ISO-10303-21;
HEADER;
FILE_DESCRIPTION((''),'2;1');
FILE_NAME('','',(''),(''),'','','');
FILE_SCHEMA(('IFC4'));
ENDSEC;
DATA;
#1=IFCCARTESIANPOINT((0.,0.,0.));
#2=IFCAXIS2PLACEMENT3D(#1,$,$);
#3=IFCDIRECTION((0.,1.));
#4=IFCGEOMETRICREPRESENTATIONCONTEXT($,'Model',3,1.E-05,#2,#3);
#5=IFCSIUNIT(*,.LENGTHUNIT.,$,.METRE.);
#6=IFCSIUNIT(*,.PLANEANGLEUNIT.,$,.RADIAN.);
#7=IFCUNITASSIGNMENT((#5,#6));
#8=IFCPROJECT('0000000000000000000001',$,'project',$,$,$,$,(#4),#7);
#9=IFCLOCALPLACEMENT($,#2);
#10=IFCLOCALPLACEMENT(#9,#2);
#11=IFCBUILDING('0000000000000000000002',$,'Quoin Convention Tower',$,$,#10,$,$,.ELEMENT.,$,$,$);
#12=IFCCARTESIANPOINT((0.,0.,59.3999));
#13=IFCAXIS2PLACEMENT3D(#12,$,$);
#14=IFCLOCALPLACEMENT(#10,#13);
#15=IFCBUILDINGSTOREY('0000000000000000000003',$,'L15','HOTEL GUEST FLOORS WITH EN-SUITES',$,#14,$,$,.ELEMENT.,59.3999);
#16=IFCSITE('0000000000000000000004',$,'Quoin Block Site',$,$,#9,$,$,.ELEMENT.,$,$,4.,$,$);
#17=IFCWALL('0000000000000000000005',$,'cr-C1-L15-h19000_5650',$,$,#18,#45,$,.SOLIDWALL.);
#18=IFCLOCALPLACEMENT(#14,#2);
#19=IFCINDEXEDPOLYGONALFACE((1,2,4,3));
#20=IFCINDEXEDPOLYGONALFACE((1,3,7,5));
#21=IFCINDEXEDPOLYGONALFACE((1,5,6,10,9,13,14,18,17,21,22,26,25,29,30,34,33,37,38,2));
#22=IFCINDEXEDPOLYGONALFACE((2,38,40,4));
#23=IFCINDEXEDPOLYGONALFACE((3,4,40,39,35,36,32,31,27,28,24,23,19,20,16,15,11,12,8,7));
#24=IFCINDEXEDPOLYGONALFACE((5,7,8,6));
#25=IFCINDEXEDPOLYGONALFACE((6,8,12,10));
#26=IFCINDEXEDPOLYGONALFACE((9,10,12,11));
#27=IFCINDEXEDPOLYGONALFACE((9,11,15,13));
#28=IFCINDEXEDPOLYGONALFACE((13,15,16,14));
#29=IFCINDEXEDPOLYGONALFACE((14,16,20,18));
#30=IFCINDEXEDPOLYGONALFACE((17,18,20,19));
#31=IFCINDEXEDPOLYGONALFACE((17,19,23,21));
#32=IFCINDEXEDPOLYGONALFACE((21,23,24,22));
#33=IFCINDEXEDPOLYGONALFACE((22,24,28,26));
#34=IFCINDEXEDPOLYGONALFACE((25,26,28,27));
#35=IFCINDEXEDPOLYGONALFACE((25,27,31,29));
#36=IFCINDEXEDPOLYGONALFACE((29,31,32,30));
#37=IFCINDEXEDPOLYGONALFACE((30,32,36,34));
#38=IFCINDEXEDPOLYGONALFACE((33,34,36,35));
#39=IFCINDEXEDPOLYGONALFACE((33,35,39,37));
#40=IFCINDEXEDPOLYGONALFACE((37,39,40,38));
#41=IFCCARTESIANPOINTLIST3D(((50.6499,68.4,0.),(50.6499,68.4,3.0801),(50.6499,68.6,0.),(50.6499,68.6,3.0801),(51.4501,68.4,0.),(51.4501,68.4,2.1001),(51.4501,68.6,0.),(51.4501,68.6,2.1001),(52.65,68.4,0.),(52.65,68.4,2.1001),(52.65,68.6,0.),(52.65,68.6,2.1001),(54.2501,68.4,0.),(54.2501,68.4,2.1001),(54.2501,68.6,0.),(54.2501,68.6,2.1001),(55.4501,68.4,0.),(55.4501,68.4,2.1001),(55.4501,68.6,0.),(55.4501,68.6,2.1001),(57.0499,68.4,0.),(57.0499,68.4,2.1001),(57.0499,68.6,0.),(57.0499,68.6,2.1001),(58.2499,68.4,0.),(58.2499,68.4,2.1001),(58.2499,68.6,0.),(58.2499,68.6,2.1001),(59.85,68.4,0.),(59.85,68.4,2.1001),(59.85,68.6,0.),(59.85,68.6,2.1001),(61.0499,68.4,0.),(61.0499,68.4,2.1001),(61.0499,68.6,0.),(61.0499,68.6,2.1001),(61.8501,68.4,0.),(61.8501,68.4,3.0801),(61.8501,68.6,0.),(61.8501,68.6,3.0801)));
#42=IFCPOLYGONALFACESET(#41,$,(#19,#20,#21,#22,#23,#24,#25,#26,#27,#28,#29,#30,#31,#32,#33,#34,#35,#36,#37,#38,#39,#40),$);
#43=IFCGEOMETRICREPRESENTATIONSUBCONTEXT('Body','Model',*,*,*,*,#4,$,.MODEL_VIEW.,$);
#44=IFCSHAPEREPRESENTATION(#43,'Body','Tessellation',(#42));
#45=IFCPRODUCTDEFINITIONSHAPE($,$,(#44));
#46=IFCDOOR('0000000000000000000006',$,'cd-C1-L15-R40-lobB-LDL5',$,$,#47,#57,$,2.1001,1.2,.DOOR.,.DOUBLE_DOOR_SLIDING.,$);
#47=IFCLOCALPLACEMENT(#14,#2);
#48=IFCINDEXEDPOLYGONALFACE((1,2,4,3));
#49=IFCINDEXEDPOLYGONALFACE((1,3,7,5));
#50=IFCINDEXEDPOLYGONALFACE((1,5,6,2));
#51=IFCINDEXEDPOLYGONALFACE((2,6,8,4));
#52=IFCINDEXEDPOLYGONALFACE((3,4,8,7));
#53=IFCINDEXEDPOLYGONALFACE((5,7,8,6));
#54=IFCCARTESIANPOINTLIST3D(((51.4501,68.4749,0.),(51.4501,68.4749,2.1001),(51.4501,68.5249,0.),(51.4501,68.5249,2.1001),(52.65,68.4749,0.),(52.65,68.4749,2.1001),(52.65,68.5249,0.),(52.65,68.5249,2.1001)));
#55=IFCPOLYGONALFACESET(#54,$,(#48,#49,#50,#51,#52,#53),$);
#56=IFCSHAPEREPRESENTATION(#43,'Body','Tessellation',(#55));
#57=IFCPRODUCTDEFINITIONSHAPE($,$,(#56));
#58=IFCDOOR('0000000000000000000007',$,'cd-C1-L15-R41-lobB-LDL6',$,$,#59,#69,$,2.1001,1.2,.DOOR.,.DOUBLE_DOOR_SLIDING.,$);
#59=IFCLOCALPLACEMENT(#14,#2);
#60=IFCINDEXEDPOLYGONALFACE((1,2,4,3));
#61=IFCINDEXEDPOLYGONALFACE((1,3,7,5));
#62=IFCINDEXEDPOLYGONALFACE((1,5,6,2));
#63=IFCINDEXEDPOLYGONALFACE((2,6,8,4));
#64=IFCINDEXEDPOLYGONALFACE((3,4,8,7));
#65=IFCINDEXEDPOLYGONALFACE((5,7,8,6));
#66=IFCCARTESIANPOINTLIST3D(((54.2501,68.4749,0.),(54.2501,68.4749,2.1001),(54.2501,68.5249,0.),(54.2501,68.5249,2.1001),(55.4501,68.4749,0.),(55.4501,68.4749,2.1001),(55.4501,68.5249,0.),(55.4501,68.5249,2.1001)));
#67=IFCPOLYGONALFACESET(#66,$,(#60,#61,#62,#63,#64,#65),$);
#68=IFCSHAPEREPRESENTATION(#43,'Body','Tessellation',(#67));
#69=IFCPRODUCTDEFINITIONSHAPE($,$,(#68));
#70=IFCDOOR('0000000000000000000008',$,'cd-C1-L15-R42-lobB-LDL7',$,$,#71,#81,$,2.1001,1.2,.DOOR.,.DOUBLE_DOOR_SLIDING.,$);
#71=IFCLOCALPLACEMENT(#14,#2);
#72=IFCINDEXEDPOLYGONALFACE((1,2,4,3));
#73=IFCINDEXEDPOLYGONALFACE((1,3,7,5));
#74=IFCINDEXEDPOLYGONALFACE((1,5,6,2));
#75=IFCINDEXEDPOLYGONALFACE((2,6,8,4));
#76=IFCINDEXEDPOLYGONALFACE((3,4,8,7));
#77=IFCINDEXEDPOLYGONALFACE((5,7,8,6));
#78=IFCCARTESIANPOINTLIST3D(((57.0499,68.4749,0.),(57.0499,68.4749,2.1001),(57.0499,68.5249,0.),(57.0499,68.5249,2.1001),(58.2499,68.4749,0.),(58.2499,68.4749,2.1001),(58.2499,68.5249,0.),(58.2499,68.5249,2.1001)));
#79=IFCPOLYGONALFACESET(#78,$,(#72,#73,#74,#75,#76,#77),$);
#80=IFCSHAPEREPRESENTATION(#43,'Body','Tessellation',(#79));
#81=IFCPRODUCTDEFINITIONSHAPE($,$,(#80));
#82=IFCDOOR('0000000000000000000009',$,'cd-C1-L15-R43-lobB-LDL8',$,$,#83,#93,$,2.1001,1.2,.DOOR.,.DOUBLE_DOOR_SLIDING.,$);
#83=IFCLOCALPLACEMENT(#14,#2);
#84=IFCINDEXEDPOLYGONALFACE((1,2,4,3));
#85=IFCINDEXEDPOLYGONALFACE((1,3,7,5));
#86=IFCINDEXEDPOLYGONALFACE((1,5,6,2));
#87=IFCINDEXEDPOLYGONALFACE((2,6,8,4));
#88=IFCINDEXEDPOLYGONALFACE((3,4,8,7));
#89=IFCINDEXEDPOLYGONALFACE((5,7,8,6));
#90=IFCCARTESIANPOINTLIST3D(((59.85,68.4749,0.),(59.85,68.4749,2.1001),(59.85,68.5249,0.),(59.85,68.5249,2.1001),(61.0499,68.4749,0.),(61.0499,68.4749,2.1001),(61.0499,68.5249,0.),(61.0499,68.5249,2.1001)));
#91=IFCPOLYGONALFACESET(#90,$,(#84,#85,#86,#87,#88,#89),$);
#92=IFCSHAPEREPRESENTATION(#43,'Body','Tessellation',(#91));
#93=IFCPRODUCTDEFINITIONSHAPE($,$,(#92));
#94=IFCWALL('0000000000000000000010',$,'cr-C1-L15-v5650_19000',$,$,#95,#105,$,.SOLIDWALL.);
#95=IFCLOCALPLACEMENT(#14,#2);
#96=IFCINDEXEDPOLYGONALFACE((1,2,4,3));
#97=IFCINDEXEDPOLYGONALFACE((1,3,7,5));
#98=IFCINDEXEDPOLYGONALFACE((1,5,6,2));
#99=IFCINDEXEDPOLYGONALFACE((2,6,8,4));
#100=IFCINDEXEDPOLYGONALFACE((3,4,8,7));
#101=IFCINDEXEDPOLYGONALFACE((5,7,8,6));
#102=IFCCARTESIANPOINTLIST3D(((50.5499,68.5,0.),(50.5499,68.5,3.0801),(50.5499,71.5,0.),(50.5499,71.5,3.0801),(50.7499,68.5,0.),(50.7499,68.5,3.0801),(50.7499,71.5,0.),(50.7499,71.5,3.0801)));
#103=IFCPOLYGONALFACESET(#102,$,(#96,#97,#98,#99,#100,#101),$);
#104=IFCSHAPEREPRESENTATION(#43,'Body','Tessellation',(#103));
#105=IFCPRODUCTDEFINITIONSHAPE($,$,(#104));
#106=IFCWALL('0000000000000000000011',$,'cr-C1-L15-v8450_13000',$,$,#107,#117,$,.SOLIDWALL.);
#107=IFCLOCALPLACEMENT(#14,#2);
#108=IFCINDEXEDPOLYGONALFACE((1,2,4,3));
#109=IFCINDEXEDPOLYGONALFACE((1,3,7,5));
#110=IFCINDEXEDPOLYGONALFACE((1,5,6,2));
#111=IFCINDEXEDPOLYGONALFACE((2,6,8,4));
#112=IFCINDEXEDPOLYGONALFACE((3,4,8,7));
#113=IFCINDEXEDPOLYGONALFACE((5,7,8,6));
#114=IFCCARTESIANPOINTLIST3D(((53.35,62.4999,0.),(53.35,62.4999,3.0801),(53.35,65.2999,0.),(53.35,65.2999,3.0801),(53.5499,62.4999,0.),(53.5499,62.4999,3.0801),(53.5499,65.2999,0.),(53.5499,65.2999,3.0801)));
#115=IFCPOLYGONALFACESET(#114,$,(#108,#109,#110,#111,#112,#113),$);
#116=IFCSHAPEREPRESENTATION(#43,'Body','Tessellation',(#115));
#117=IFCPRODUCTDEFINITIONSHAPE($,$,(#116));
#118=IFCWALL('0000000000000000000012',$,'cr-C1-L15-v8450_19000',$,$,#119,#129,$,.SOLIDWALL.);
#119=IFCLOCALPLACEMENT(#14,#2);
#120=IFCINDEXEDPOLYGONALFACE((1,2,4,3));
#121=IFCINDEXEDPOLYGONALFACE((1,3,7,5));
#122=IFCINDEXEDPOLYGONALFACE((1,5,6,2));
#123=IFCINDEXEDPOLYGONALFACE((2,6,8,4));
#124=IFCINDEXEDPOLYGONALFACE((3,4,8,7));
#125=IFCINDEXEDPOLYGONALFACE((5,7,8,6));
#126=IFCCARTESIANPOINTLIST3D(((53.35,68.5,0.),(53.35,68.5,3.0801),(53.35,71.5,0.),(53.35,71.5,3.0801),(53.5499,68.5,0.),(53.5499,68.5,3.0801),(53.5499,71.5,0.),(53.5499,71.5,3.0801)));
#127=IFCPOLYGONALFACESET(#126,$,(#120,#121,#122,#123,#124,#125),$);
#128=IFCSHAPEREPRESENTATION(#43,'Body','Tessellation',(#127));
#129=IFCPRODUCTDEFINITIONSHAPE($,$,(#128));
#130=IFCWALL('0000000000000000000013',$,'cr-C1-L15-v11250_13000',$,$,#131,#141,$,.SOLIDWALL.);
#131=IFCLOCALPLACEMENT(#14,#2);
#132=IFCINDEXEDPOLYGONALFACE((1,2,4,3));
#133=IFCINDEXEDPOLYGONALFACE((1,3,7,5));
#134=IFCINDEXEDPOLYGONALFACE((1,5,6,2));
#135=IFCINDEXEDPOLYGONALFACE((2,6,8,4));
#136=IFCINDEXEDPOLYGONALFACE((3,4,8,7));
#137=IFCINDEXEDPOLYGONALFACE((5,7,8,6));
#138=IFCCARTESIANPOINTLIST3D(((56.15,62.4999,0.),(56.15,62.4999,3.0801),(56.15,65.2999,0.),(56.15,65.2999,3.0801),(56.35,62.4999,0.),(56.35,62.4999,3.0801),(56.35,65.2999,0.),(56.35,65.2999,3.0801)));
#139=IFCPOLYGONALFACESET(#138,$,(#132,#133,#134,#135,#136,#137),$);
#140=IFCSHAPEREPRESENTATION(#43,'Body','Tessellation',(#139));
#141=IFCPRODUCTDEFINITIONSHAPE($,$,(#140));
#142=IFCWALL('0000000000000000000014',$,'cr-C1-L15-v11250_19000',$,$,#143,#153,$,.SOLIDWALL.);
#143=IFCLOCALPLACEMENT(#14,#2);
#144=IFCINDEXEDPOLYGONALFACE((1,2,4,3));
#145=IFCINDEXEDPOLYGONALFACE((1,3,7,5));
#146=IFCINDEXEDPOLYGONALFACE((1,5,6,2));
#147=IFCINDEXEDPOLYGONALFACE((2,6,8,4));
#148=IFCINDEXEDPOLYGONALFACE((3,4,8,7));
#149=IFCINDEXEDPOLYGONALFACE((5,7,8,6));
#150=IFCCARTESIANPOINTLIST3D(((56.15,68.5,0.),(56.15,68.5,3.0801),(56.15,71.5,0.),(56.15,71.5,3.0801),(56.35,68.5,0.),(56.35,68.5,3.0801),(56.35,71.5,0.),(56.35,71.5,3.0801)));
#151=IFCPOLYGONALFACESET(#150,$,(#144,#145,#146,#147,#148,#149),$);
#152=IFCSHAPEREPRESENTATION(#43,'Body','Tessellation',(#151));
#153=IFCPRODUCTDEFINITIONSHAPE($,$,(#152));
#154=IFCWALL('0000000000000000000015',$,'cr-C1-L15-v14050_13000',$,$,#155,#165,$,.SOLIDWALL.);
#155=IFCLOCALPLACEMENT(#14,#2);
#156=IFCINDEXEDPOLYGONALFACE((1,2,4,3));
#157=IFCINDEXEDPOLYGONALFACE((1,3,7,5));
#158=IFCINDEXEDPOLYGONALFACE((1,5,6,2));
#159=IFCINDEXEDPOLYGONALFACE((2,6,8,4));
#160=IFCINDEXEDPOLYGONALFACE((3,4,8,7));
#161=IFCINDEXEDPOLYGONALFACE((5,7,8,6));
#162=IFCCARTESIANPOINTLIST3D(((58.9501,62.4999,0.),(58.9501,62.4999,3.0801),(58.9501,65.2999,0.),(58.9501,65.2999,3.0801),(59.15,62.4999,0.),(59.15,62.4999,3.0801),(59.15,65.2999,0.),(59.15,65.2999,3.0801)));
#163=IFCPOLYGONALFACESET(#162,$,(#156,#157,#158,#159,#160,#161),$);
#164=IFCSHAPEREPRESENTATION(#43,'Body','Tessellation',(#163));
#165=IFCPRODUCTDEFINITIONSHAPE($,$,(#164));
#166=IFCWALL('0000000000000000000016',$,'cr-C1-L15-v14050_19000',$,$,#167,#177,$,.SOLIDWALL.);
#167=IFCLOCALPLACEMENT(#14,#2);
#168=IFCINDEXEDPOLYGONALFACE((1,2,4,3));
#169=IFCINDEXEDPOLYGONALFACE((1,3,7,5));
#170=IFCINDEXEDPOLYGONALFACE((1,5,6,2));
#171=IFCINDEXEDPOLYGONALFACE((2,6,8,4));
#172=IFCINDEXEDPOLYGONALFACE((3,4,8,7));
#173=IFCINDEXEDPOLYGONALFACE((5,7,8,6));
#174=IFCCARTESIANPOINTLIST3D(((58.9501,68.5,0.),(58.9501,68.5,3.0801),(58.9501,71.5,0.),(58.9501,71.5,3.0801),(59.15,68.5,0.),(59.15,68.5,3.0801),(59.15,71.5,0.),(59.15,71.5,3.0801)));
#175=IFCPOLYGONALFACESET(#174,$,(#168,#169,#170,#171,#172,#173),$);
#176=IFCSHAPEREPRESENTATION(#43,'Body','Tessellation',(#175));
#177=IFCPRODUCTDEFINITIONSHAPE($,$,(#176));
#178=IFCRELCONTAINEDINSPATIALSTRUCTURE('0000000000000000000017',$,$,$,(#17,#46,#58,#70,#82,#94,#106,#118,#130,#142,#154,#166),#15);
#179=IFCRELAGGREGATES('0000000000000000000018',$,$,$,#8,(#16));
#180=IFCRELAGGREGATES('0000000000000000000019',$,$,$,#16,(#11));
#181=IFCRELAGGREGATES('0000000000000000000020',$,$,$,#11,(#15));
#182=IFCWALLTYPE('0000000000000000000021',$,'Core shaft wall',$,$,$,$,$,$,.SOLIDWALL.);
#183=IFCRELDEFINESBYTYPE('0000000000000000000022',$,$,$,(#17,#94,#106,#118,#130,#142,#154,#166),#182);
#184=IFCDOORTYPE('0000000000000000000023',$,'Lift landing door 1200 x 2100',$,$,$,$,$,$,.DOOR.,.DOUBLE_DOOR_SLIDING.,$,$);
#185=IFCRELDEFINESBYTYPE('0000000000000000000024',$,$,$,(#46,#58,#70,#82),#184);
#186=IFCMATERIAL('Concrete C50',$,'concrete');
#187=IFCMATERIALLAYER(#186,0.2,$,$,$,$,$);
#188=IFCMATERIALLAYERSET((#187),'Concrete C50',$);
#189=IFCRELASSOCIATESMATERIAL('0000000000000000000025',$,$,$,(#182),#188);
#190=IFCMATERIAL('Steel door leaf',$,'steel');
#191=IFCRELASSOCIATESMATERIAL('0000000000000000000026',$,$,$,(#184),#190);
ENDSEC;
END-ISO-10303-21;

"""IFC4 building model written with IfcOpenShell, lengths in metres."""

from ifc_helpers import new_model, si_unit, direction, frame, frame_2d, origin, place, context, subcontext, project, spatial, rectangle, extrude, material, layer, layer_set, type_object, element, fill, save


model = new_model("IFC4")

# Units and contexts
model_context = context("Model", 3, precision=1e-05, world=origin(), true_north=direction((0.0, 1.0)))
body_context = subcontext(model_context, "Body", "Model", "MODEL_VIEW")
ifc_project = project(units=[si_unit("LENGTHUNIT", "METRE"), si_unit("PLANEANGLEUNIT", "RADIAN")], contexts=[model_context])

# Site, building, storey
site_placement = place(None, origin())
site = spatial("IfcSite", under=ifc_project, at=site_placement, Name="Quoin Block Site", CompositionType="ELEMENT", RefElevation=4.0)
building_placement = place(site_placement, origin())
building = spatial("IfcBuilding", under=site, at=building_placement, Name="Quoin Convention Tower", CompositionType="ELEMENT")
storey_placement = place(building_placement, frame((0.0, 0.0, 59.3999)))
storey = spatial("IfcBuildingStorey", under=building, at=storey_placement, Name="L15", Description="HOTEL GUEST FLOORS WITH EN-SUITES", CompositionType="ELEMENT", Elevation=59.3999)

# Shared definitions
ifc_material_1 = material(Name="Steel door leaf", Category="steel")

# Shared definitions
ifc_material_2 = material(Name="Concrete C50", Category="concrete")
ifc_layer_1 = layer(ifc_material_2, 0.2)
ifc_layer_set_1 = layer_set([ifc_layer_1], Name="Concrete C50")
wall_type_1 = type_object("IfcWallType", Name="Core shaft wall", PredefinedType="SOLIDWALL", material=ifc_layer_set_1)

# Wall, openings, doors
wall_1_placement = place(storey_placement, frame((50.6499, 68.5, 0.0), z_axis=(0.0, 0.0, 1.0), x_axis=(1.0, 0.0, 0.0)))
wall_1 = element("IfcWall", 1, at=wall_1_placement, inside=storey, type_object=wall_type_1, Name="cr-C1-L15-h19000_5650", PredefinedType="SOLIDWALL", context=body_context, shape_type="SweptSolid", body=[
    extrude(rectangle(XDim=11.2002, YDim=0.2, at=frame_2d((5.6001, 0.0))), origin(), (0.0, 0.0, 1.0), 3.0801),
])
opening_1_placement = place(wall_1_placement, frame((0.8, 0.0, 0.0)))
opening_1 = element("IfcOpeningElement", 2, at=opening_1_placement, cuts=wall_1, PredefinedType="OPENING", context=body_context, shape_type="SweptSolid", body=[
    extrude(rectangle(XDim=1.2, YDim=2.1001, at=frame_2d((0.6001, 1.05))), frame((0.0, 0.1099, 0.0), z_axis=(0.0, -1.0, 0.0), x_axis=(1.0, 0.0, 0.0)), (0.0, 0.0, 1.0), 0.22),
])
opening_2_placement = place(wall_1_placement, frame((3.6001, 0.0, 0.0)))
opening_2 = element("IfcOpeningElement", 3, at=opening_2_placement, cuts=wall_1, PredefinedType="OPENING", context=body_context, shape_type="SweptSolid", body=[
    extrude(rectangle(XDim=1.2, YDim=2.1001, at=frame_2d((0.6001, 1.05))), frame((0.0, 0.1099, 0.0), z_axis=(0.0, -1.0, 0.0), x_axis=(1.0, 0.0, 0.0)), (0.0, 0.0, 1.0), 0.22),
])
opening_3_placement = place(wall_1_placement, frame((6.3999, 0.0, 0.0)))
opening_3 = element("IfcOpeningElement", 4, at=opening_3_placement, cuts=wall_1, PredefinedType="OPENING", context=body_context, shape_type="SweptSolid", body=[
    extrude(rectangle(XDim=1.2, YDim=2.1001, at=frame_2d((0.6001, 1.05))), frame((0.0, 0.1099, 0.0), z_axis=(0.0, -1.0, 0.0), x_axis=(1.0, 0.0, 0.0)), (0.0, 0.0, 1.0), 0.22),
])
opening_4_placement = place(wall_1_placement, frame((9.2, 0.0, 0.0)))
opening_4 = element("IfcOpeningElement", 5, at=opening_4_placement, cuts=wall_1, PredefinedType="OPENING", context=body_context, shape_type="SweptSolid", body=[
    extrude(rectangle(XDim=1.2, YDim=2.1001, at=frame_2d((0.6001, 1.05))), frame((0.0, 0.1099, 0.0), z_axis=(0.0, -1.0, 0.0), x_axis=(1.0, 0.0, 0.0)), (0.0, 0.0, 1.0), 0.22),
])
door_type_1 = type_object("IfcDoorType", Name="Lift landing door 1200 x 2100", OperationType="DOUBLE_DOOR_SLIDING", PredefinedType="DOOR", material=ifc_material_1)
door_1_placement = place(opening_1_placement, origin())
door_1 = element("IfcDoor", 6, at=door_1_placement, inside=storey, type_object=door_type_1, Name="cd-C1-L15-R40-lobB-LDL5", OperationType="DOUBLE_DOOR_SLIDING", OverallHeight=2.1001, OverallWidth=1.2, PredefinedType="DOOR", context=body_context, shape_type="SweptSolid", body=[
    extrude(rectangle(XDim=1.2, YDim=2.1001, at=frame_2d((0.6001, 1.05))), frame((0.0, 0.0249, 0.0), z_axis=(0.0, -1.0, 0.0), x_axis=(1.0, 0.0, 0.0)), (0.0, 0.0, 1.0), 0.05),
])
fill(opening_1, door_1)
door_2_placement = place(opening_2_placement, origin())
door_2 = element("IfcDoor", 7, at=door_2_placement, inside=storey, type_object=door_type_1, Name="cd-C1-L15-R41-lobB-LDL6", OperationType="DOUBLE_DOOR_SLIDING", OverallHeight=2.1001, OverallWidth=1.2, PredefinedType="DOOR", context=body_context, shape_type="SweptSolid", body=[
    extrude(rectangle(XDim=1.2, YDim=2.1001, at=frame_2d((0.6001, 1.05))), frame((0.0, 0.0249, 0.0), z_axis=(0.0, -1.0, 0.0), x_axis=(1.0, 0.0, 0.0)), (0.0, 0.0, 1.0), 0.05),
])
fill(opening_2, door_2)
door_3_placement = place(opening_3_placement, origin())
door_3 = element("IfcDoor", 8, at=door_3_placement, inside=storey, type_object=door_type_1, Name="cd-C1-L15-R42-lobB-LDL7", OperationType="DOUBLE_DOOR_SLIDING", OverallHeight=2.1001, OverallWidth=1.2, PredefinedType="DOOR", context=body_context, shape_type="SweptSolid", body=[
    extrude(rectangle(XDim=1.2, YDim=2.1001, at=frame_2d((0.6001, 1.05))), frame((0.0, 0.0249, 0.0), z_axis=(0.0, -1.0, 0.0), x_axis=(1.0, 0.0, 0.0)), (0.0, 0.0, 1.0), 0.05),
])
fill(opening_3, door_3)
door_4_placement = place(opening_4_placement, origin())
door_4 = element("IfcDoor", 9, at=door_4_placement, inside=storey, type_object=door_type_1, Name="cd-C1-L15-R43-lobB-LDL8", OperationType="DOUBLE_DOOR_SLIDING", OverallHeight=2.1001, OverallWidth=1.2, PredefinedType="DOOR", context=body_context, shape_type="SweptSolid", body=[
    extrude(rectangle(XDim=1.2, YDim=2.1001, at=frame_2d((0.6001, 1.05))), frame((0.0, 0.0249, 0.0), z_axis=(0.0, -1.0, 0.0), x_axis=(1.0, 0.0, 0.0)), (0.0, 0.0, 1.0), 0.05),
])
fill(opening_4, door_4)

# Walls
wall_2_placement = place(storey_placement, frame((50.6499, 68.5, 0.0), z_axis=(0.0, 0.0, 1.0), x_axis=(0.0, 1.0, 0.0)))
element("IfcWall", 10, at=wall_2_placement, inside=storey, type_object=wall_type_1, Name="cr-C1-L15-v5650_19000", PredefinedType="SOLIDWALL", context=body_context, shape_type="SweptSolid", body=[
    extrude(rectangle(XDim=3.0, YDim=0.2, at=frame_2d((1.5, 0.0))), origin(), (0.0, 0.0, 1.0), 3.0801),
])
wall_3_placement = place(storey_placement, frame((53.45, 62.5, 0.0), z_axis=(0.0, 0.0, 1.0), x_axis=(0.0, 1.0, 0.0)))
element("IfcWall", 11, at=wall_3_placement, inside=storey, type_object=wall_type_1, Name="cr-C1-L15-v8450_13000", PredefinedType="SOLIDWALL", context=body_context, shape_type="SweptSolid", body=[
    extrude(rectangle(XDim=2.8, YDim=0.2, at=frame_2d((1.3999, 0.0))), origin(), (0.0, 0.0, 1.0), 3.0801),
])
wall_4_placement = place(storey_placement, frame((53.45, 68.5, 0.0), z_axis=(0.0, 0.0, 1.0), x_axis=(0.0, 1.0, 0.0)))
element("IfcWall", 12, at=wall_4_placement, inside=storey, type_object=wall_type_1, Name="cr-C1-L15-v8450_19000", PredefinedType="SOLIDWALL", context=body_context, shape_type="SweptSolid", body=[
    extrude(rectangle(XDim=3.0, YDim=0.2, at=frame_2d((1.5, 0.0))), origin(), (0.0, 0.0, 1.0), 3.0801),
])
wall_5_placement = place(storey_placement, frame((56.25, 62.5, 0.0), z_axis=(0.0, 0.0, 1.0), x_axis=(0.0, 1.0, 0.0)))
element("IfcWall", 13, at=wall_5_placement, inside=storey, type_object=wall_type_1, Name="cr-C1-L15-v11250_13000", PredefinedType="SOLIDWALL", context=body_context, shape_type="SweptSolid", body=[
    extrude(rectangle(XDim=2.8, YDim=0.2, at=frame_2d((1.3999, 0.0))), origin(), (0.0, 0.0, 1.0), 3.0801),
])
wall_6_placement = place(storey_placement, frame((56.25, 68.5, 0.0), z_axis=(0.0, 0.0, 1.0), x_axis=(0.0, 1.0, 0.0)))
element("IfcWall", 14, at=wall_6_placement, inside=storey, type_object=wall_type_1, Name="cr-C1-L15-v11250_19000", PredefinedType="SOLIDWALL", context=body_context, shape_type="SweptSolid", body=[
    extrude(rectangle(XDim=3.0, YDim=0.2, at=frame_2d((1.5, 0.0))), origin(), (0.0, 0.0, 1.0), 3.0801),
])
wall_7_placement = place(storey_placement, frame((59.05, 62.5, 0.0), z_axis=(0.0, 0.0, 1.0), x_axis=(0.0, 1.0, 0.0)))
element("IfcWall", 15, at=wall_7_placement, inside=storey, type_object=wall_type_1, Name="cr-C1-L15-v14050_13000", PredefinedType="SOLIDWALL", context=body_context, shape_type="SweptSolid", body=[
    extrude(rectangle(XDim=2.8, YDim=0.2, at=frame_2d((1.3999, 0.0))), origin(), (0.0, 0.0, 1.0), 3.0801),
])
wall_8_placement = place(storey_placement, frame((59.05, 68.5, 0.0), z_axis=(0.0, 0.0, 1.0), x_axis=(0.0, 1.0, 0.0)))
element("IfcWall", 16, at=wall_8_placement, inside=storey, type_object=wall_type_1, Name="cr-C1-L15-v14050_19000", PredefinedType="SOLIDWALL", context=body_context, shape_type="SweptSolid", body=[
    extrude(rectangle(XDim=3.0, YDim=0.2, at=frame_2d((1.5, 0.0))), origin(), (0.0, 0.0, 1.0), 3.0801),
])

save(model, "model.ifc")
